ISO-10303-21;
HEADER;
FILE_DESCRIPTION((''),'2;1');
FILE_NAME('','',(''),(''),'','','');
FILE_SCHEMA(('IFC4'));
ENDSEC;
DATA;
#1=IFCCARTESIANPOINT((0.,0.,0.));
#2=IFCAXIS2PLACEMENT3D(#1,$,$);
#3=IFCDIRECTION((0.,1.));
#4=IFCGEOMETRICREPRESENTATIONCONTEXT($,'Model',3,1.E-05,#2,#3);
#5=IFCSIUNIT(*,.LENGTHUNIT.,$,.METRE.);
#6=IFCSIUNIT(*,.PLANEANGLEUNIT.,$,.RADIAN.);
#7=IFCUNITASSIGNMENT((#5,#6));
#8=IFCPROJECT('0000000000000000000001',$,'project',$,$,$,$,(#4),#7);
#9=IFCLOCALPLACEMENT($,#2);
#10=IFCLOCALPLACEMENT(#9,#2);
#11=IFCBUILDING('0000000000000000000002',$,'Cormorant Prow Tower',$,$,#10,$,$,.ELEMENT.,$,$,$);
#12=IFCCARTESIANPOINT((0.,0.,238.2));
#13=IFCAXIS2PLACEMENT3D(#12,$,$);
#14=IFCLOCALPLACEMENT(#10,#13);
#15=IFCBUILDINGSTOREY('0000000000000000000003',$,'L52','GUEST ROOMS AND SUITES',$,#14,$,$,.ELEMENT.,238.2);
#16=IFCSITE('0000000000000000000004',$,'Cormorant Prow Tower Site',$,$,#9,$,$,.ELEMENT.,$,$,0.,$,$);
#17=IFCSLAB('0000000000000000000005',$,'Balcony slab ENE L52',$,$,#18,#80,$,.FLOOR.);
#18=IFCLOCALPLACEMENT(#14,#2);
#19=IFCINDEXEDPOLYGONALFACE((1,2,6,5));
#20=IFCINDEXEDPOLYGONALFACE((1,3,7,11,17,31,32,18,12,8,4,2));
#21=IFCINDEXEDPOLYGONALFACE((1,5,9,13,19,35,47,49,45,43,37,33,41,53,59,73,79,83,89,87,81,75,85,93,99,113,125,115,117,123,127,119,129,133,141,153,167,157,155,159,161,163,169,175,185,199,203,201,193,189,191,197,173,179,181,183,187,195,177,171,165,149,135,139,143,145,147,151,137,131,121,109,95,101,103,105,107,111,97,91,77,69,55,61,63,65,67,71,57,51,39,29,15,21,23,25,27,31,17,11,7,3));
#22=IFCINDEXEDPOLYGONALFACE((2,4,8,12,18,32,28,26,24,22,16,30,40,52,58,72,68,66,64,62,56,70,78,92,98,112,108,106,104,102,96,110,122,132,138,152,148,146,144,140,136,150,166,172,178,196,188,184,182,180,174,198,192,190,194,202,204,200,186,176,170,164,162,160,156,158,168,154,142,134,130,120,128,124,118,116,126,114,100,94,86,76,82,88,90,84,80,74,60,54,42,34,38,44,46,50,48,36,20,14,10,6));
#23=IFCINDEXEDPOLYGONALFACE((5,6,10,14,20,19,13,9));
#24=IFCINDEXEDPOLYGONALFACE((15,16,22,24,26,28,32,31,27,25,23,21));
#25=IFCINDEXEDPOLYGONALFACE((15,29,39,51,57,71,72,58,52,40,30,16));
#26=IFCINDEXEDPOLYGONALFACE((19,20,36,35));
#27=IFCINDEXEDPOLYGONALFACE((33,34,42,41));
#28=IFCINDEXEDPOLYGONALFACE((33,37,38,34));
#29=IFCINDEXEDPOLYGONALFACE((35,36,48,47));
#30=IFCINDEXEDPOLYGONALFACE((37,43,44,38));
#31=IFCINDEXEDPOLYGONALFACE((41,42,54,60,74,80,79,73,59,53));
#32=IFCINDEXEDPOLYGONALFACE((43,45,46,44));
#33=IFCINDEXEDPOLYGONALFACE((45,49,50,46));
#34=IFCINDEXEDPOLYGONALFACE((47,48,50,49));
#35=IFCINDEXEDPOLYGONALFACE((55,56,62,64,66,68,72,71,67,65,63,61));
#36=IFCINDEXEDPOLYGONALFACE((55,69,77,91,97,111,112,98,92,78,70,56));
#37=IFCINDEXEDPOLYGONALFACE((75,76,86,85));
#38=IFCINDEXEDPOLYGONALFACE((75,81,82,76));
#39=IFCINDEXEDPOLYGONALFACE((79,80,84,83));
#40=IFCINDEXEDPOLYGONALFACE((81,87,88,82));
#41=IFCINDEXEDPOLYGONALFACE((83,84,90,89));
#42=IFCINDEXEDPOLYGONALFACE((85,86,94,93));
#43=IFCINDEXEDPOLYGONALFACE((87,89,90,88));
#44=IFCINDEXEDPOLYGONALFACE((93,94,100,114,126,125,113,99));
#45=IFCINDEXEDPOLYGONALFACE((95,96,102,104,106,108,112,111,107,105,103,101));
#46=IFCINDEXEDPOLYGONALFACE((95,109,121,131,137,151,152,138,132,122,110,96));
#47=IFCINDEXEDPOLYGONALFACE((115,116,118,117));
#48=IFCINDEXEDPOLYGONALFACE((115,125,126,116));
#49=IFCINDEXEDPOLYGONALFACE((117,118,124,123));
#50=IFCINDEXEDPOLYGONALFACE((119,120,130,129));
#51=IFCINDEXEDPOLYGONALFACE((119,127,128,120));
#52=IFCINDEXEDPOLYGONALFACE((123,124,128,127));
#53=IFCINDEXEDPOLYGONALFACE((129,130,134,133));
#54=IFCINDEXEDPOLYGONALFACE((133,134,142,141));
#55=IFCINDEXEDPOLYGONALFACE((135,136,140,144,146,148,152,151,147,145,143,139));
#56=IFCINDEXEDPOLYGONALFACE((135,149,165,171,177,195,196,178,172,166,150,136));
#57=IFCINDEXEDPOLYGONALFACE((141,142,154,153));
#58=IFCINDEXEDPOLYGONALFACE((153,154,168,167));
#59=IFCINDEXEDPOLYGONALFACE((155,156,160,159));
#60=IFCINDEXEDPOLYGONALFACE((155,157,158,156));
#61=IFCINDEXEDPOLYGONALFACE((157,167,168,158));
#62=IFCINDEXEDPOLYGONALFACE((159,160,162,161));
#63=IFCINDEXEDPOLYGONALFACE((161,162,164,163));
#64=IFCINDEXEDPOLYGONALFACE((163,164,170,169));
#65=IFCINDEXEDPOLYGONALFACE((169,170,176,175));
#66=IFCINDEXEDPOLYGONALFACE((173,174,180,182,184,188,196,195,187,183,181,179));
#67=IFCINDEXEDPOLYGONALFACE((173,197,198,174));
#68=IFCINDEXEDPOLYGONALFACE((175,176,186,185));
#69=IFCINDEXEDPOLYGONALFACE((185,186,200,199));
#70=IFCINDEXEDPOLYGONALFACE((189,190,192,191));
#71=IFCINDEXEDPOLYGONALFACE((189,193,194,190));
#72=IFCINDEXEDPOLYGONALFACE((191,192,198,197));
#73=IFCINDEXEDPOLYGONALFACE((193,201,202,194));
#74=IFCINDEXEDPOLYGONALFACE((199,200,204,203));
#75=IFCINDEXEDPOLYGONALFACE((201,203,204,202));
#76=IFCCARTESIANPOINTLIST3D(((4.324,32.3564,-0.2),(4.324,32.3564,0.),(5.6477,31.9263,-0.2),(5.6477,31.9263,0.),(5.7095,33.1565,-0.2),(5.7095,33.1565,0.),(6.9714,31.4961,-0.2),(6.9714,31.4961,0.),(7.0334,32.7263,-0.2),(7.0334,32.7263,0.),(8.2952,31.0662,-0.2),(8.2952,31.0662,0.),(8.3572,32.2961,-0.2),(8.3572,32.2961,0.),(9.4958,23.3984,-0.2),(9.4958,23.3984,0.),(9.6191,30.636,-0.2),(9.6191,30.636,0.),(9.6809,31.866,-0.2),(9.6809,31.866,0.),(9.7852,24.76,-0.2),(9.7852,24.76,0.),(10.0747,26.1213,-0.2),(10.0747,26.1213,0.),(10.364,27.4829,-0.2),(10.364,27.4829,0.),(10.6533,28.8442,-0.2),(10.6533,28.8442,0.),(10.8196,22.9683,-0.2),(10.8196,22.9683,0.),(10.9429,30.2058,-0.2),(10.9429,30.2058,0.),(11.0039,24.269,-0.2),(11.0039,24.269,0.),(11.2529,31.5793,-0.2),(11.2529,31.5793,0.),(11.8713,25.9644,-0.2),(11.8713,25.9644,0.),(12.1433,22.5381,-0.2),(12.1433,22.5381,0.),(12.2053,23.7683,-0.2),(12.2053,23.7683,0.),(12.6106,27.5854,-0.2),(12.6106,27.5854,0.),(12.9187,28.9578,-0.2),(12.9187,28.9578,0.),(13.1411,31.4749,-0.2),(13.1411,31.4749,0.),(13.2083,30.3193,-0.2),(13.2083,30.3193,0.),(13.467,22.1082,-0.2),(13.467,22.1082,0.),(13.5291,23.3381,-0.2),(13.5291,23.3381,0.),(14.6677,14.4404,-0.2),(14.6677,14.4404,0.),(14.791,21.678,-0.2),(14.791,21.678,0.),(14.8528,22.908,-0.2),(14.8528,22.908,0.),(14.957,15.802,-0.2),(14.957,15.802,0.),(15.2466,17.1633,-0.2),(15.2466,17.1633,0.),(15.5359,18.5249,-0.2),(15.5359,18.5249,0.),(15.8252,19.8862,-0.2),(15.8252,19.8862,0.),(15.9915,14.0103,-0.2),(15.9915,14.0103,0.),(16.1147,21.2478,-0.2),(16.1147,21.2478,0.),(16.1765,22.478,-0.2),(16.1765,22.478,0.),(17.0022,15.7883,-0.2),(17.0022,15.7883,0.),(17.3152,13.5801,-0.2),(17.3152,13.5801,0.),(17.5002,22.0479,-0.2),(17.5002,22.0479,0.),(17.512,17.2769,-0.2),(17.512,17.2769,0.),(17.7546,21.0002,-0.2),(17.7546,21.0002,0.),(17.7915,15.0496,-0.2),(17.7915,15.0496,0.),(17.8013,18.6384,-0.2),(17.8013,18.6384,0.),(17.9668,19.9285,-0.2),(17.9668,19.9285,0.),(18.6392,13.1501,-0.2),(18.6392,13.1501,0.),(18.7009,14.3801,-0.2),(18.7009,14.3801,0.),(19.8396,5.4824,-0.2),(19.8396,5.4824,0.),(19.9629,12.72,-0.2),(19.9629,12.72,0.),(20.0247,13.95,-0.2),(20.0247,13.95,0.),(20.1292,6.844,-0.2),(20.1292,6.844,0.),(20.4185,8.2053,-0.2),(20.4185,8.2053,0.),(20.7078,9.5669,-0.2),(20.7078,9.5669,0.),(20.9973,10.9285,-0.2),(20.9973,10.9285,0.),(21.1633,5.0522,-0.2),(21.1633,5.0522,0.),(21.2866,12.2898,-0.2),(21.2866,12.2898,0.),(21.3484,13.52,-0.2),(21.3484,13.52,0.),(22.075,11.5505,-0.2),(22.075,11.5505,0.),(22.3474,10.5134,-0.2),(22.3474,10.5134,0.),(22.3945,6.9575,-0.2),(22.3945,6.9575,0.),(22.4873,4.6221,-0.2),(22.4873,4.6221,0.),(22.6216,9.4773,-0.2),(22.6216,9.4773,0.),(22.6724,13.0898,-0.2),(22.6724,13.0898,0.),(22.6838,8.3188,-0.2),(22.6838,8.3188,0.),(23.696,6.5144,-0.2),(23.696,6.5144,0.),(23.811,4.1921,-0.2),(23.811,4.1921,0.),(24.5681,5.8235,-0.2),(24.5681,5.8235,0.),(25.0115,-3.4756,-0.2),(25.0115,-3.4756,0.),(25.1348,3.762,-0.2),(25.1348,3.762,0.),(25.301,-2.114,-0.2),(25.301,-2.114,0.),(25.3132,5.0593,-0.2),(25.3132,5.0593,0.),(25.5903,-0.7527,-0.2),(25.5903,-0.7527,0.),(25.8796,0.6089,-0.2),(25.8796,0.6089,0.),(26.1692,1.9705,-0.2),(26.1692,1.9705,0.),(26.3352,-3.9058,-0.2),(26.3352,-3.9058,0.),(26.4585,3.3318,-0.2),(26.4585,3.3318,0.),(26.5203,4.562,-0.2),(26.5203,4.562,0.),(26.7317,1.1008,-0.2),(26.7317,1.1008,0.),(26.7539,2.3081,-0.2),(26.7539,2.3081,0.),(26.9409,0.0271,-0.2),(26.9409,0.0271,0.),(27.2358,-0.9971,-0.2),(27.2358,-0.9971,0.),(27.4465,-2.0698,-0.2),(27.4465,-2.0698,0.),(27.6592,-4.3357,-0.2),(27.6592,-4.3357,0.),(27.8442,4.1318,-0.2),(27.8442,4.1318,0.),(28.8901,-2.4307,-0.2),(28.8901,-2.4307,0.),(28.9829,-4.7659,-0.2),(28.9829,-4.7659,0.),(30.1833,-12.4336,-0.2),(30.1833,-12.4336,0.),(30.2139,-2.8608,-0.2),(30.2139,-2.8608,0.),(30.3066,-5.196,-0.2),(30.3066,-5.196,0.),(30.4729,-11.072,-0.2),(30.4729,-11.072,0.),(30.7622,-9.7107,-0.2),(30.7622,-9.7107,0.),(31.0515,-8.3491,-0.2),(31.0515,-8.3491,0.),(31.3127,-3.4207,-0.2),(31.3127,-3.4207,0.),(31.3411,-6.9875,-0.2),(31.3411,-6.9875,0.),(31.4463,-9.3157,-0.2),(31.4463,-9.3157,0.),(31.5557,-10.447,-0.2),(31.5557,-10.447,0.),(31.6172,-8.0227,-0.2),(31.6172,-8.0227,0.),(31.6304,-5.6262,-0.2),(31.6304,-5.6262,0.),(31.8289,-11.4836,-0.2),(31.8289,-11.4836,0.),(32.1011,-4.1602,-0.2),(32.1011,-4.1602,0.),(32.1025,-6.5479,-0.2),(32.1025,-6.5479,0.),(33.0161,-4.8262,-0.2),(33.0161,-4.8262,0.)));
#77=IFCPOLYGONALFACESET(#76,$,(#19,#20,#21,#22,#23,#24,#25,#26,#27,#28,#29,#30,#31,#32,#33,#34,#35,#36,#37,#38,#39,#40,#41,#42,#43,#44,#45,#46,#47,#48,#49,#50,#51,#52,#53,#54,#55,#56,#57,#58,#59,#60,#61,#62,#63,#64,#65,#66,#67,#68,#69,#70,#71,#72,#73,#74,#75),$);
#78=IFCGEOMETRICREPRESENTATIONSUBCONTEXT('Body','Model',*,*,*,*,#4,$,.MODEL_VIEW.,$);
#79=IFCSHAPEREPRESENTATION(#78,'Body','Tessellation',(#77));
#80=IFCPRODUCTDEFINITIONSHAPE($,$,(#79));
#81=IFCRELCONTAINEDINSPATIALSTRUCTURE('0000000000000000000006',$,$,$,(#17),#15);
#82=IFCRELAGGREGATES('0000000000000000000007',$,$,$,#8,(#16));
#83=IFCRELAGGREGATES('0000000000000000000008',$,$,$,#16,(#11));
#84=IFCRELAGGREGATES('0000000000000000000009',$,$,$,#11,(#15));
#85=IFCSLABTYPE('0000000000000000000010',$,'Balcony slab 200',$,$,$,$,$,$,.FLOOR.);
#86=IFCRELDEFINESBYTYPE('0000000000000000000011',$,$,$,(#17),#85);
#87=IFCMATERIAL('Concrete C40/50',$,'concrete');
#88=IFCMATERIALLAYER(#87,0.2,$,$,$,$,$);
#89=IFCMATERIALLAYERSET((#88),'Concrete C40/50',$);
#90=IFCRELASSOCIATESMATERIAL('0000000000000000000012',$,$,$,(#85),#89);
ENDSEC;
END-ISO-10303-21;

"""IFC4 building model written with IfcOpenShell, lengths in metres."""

from ifc_helpers import new_model, si_unit, direction, frame, origin, place, context, subcontext, project, spatial, polyline, outline, extrude, material, layer, layer_set, type_object, element, save


model = new_model("IFC4")

# Units and contexts
model_context = context("Model", 3, precision=1e-05, world=origin(), true_north=direction((0.0, 1.0)))
body_context = subcontext(model_context, "Body", "Model", "MODEL_VIEW")
ifc_project = project(units=[si_unit("LENGTHUNIT", "METRE"), si_unit("PLANEANGLEUNIT", "RADIAN")], contexts=[model_context])

# Site, building, storey
site_placement = place(None, origin())
site = spatial("IfcSite", under=ifc_project, at=site_placement, Name="Cormorant Prow Tower Site", CompositionType="ELEMENT", RefElevation=0.0)
building_placement = place(site_placement, origin())
building = spatial("IfcBuilding", under=site, at=building_placement, Name="Cormorant Prow Tower", CompositionType="ELEMENT")
storey_placement = place(building_placement, frame((0.0, 0.0, 238.2)))
storey = spatial("IfcBuildingStorey", under=building, at=storey_placement, Name="L52", Description="GUEST ROOMS AND SUITES", CompositionType="ELEMENT", Elevation=238.2)

# Slab
ifc_material_1 = material(Name="Concrete C40/50", Category="concrete")
ifc_layer_1 = layer(ifc_material_1, 0.2)
ifc_layer_set_1 = layer_set([ifc_layer_1], Name="Concrete C40/50")
slab_type_1 = type_object("IfcSlabType", Name="Balcony slab 200", PredefinedType="FLOOR", material=ifc_layer_set_1)
slab_1_placement = place(storey_placement, frame((0.0, 0.0, -0.2)))
element("IfcSlab", 1, at=slab_1_placement, inside=storey, type_object=slab_type_1, Name="Balcony slab ENE L52", PredefinedType="FLOOR", context=body_context, shape_type="SweptSolid", body=[
    extrude(outline(polyline([(30.1833, -12.4336), (31.8289, -11.4836), (31.5557, -10.447), (31.4463, -9.3157), (31.6172, -8.0227), (32.1025, -6.5479), (33.0161, -4.8262), (32.1011, -4.1602), (31.3127, -3.4207), (30.2139, -2.8608), (28.8901, -2.4307), (27.4465, -2.0698), (27.2358, -0.9971), (26.9409, 0.0271), (26.7317, 1.1008), (26.7539, 2.3081), (27.8442, 4.1318), (26.5203, 4.562), (25.3132, 5.0593), (24.5681, 5.8235), (23.696, 6.5144), (22.3945, 6.9575), (22.6838, 8.3188), (22.6216, 9.4773), (22.3474, 10.5134), (22.075, 11.5505), (22.6724, 13.0898), (21.3484, 13.52), (20.0247, 13.95), (18.7009, 14.3801), (17.7915, 15.0496), (17.0022, 15.7883), (17.512, 17.2769), (17.8013, 18.6384), (17.9668, 19.9285), (17.7546, 21.0002), (17.5002, 22.0479), (16.1765, 22.478), (14.8528, 22.908), (13.5291, 23.3381), (12.2053, 23.7683), (11.0039, 24.269), (11.8713, 25.9644), (12.6106, 27.5854), (12.9187, 28.9578), (13.2083, 30.3193), (13.1411, 31.4749), (11.2529, 31.5793), (9.6809, 31.866), (8.3572, 32.2961), (7.0334, 32.7263), (5.7095, 33.1565), (4.324, 32.3564), (5.6477, 31.9263), (6.9714, 31.4961), (8.2952, 31.0662), (9.6191, 30.636), (10.9429, 30.2058), (10.6533, 28.8442), (10.364, 27.4829), (10.0747, 26.1213), (9.7852, 24.76), (9.4958, 23.3984), (10.8196, 22.9683), (12.1433, 22.5381), (13.467, 22.1082), (14.791, 21.678), (16.1147, 21.2478), (15.8252, 19.8862), (15.5359, 18.5249), (15.2466, 17.1633), (14.957, 15.802), (14.6677, 14.4404), (15.9915, 14.0103), (17.3152, 13.5801), (18.6392, 13.1501), (19.9629, 12.72), (21.2866, 12.2898), (20.9973, 10.9285), (20.7078, 9.5669), (20.4185, 8.2053), (20.1292, 6.844), (19.8396, 5.4824), (21.1633, 5.0522), (22.4873, 4.6221), (23.811, 4.1921), (25.1348, 3.762), (26.4585, 3.3318), (26.1692, 1.9705), (25.8796, 0.6089), (25.5903, -0.7527), (25.301, -2.114), (25.0115, -3.4756), (26.3352, -3.9058), (27.6592, -4.3357), (28.9829, -4.7659), (30.3066, -5.196), (31.6304, -5.6262), (31.3411, -6.9875), (31.0515, -8.3491), (30.7622, -9.7107), (30.4729, -11.072), (30.1833, -12.4336)])), origin(), (0.0, 0.0, 1.0), 0.2),
])

save(model, "model.ifc")
